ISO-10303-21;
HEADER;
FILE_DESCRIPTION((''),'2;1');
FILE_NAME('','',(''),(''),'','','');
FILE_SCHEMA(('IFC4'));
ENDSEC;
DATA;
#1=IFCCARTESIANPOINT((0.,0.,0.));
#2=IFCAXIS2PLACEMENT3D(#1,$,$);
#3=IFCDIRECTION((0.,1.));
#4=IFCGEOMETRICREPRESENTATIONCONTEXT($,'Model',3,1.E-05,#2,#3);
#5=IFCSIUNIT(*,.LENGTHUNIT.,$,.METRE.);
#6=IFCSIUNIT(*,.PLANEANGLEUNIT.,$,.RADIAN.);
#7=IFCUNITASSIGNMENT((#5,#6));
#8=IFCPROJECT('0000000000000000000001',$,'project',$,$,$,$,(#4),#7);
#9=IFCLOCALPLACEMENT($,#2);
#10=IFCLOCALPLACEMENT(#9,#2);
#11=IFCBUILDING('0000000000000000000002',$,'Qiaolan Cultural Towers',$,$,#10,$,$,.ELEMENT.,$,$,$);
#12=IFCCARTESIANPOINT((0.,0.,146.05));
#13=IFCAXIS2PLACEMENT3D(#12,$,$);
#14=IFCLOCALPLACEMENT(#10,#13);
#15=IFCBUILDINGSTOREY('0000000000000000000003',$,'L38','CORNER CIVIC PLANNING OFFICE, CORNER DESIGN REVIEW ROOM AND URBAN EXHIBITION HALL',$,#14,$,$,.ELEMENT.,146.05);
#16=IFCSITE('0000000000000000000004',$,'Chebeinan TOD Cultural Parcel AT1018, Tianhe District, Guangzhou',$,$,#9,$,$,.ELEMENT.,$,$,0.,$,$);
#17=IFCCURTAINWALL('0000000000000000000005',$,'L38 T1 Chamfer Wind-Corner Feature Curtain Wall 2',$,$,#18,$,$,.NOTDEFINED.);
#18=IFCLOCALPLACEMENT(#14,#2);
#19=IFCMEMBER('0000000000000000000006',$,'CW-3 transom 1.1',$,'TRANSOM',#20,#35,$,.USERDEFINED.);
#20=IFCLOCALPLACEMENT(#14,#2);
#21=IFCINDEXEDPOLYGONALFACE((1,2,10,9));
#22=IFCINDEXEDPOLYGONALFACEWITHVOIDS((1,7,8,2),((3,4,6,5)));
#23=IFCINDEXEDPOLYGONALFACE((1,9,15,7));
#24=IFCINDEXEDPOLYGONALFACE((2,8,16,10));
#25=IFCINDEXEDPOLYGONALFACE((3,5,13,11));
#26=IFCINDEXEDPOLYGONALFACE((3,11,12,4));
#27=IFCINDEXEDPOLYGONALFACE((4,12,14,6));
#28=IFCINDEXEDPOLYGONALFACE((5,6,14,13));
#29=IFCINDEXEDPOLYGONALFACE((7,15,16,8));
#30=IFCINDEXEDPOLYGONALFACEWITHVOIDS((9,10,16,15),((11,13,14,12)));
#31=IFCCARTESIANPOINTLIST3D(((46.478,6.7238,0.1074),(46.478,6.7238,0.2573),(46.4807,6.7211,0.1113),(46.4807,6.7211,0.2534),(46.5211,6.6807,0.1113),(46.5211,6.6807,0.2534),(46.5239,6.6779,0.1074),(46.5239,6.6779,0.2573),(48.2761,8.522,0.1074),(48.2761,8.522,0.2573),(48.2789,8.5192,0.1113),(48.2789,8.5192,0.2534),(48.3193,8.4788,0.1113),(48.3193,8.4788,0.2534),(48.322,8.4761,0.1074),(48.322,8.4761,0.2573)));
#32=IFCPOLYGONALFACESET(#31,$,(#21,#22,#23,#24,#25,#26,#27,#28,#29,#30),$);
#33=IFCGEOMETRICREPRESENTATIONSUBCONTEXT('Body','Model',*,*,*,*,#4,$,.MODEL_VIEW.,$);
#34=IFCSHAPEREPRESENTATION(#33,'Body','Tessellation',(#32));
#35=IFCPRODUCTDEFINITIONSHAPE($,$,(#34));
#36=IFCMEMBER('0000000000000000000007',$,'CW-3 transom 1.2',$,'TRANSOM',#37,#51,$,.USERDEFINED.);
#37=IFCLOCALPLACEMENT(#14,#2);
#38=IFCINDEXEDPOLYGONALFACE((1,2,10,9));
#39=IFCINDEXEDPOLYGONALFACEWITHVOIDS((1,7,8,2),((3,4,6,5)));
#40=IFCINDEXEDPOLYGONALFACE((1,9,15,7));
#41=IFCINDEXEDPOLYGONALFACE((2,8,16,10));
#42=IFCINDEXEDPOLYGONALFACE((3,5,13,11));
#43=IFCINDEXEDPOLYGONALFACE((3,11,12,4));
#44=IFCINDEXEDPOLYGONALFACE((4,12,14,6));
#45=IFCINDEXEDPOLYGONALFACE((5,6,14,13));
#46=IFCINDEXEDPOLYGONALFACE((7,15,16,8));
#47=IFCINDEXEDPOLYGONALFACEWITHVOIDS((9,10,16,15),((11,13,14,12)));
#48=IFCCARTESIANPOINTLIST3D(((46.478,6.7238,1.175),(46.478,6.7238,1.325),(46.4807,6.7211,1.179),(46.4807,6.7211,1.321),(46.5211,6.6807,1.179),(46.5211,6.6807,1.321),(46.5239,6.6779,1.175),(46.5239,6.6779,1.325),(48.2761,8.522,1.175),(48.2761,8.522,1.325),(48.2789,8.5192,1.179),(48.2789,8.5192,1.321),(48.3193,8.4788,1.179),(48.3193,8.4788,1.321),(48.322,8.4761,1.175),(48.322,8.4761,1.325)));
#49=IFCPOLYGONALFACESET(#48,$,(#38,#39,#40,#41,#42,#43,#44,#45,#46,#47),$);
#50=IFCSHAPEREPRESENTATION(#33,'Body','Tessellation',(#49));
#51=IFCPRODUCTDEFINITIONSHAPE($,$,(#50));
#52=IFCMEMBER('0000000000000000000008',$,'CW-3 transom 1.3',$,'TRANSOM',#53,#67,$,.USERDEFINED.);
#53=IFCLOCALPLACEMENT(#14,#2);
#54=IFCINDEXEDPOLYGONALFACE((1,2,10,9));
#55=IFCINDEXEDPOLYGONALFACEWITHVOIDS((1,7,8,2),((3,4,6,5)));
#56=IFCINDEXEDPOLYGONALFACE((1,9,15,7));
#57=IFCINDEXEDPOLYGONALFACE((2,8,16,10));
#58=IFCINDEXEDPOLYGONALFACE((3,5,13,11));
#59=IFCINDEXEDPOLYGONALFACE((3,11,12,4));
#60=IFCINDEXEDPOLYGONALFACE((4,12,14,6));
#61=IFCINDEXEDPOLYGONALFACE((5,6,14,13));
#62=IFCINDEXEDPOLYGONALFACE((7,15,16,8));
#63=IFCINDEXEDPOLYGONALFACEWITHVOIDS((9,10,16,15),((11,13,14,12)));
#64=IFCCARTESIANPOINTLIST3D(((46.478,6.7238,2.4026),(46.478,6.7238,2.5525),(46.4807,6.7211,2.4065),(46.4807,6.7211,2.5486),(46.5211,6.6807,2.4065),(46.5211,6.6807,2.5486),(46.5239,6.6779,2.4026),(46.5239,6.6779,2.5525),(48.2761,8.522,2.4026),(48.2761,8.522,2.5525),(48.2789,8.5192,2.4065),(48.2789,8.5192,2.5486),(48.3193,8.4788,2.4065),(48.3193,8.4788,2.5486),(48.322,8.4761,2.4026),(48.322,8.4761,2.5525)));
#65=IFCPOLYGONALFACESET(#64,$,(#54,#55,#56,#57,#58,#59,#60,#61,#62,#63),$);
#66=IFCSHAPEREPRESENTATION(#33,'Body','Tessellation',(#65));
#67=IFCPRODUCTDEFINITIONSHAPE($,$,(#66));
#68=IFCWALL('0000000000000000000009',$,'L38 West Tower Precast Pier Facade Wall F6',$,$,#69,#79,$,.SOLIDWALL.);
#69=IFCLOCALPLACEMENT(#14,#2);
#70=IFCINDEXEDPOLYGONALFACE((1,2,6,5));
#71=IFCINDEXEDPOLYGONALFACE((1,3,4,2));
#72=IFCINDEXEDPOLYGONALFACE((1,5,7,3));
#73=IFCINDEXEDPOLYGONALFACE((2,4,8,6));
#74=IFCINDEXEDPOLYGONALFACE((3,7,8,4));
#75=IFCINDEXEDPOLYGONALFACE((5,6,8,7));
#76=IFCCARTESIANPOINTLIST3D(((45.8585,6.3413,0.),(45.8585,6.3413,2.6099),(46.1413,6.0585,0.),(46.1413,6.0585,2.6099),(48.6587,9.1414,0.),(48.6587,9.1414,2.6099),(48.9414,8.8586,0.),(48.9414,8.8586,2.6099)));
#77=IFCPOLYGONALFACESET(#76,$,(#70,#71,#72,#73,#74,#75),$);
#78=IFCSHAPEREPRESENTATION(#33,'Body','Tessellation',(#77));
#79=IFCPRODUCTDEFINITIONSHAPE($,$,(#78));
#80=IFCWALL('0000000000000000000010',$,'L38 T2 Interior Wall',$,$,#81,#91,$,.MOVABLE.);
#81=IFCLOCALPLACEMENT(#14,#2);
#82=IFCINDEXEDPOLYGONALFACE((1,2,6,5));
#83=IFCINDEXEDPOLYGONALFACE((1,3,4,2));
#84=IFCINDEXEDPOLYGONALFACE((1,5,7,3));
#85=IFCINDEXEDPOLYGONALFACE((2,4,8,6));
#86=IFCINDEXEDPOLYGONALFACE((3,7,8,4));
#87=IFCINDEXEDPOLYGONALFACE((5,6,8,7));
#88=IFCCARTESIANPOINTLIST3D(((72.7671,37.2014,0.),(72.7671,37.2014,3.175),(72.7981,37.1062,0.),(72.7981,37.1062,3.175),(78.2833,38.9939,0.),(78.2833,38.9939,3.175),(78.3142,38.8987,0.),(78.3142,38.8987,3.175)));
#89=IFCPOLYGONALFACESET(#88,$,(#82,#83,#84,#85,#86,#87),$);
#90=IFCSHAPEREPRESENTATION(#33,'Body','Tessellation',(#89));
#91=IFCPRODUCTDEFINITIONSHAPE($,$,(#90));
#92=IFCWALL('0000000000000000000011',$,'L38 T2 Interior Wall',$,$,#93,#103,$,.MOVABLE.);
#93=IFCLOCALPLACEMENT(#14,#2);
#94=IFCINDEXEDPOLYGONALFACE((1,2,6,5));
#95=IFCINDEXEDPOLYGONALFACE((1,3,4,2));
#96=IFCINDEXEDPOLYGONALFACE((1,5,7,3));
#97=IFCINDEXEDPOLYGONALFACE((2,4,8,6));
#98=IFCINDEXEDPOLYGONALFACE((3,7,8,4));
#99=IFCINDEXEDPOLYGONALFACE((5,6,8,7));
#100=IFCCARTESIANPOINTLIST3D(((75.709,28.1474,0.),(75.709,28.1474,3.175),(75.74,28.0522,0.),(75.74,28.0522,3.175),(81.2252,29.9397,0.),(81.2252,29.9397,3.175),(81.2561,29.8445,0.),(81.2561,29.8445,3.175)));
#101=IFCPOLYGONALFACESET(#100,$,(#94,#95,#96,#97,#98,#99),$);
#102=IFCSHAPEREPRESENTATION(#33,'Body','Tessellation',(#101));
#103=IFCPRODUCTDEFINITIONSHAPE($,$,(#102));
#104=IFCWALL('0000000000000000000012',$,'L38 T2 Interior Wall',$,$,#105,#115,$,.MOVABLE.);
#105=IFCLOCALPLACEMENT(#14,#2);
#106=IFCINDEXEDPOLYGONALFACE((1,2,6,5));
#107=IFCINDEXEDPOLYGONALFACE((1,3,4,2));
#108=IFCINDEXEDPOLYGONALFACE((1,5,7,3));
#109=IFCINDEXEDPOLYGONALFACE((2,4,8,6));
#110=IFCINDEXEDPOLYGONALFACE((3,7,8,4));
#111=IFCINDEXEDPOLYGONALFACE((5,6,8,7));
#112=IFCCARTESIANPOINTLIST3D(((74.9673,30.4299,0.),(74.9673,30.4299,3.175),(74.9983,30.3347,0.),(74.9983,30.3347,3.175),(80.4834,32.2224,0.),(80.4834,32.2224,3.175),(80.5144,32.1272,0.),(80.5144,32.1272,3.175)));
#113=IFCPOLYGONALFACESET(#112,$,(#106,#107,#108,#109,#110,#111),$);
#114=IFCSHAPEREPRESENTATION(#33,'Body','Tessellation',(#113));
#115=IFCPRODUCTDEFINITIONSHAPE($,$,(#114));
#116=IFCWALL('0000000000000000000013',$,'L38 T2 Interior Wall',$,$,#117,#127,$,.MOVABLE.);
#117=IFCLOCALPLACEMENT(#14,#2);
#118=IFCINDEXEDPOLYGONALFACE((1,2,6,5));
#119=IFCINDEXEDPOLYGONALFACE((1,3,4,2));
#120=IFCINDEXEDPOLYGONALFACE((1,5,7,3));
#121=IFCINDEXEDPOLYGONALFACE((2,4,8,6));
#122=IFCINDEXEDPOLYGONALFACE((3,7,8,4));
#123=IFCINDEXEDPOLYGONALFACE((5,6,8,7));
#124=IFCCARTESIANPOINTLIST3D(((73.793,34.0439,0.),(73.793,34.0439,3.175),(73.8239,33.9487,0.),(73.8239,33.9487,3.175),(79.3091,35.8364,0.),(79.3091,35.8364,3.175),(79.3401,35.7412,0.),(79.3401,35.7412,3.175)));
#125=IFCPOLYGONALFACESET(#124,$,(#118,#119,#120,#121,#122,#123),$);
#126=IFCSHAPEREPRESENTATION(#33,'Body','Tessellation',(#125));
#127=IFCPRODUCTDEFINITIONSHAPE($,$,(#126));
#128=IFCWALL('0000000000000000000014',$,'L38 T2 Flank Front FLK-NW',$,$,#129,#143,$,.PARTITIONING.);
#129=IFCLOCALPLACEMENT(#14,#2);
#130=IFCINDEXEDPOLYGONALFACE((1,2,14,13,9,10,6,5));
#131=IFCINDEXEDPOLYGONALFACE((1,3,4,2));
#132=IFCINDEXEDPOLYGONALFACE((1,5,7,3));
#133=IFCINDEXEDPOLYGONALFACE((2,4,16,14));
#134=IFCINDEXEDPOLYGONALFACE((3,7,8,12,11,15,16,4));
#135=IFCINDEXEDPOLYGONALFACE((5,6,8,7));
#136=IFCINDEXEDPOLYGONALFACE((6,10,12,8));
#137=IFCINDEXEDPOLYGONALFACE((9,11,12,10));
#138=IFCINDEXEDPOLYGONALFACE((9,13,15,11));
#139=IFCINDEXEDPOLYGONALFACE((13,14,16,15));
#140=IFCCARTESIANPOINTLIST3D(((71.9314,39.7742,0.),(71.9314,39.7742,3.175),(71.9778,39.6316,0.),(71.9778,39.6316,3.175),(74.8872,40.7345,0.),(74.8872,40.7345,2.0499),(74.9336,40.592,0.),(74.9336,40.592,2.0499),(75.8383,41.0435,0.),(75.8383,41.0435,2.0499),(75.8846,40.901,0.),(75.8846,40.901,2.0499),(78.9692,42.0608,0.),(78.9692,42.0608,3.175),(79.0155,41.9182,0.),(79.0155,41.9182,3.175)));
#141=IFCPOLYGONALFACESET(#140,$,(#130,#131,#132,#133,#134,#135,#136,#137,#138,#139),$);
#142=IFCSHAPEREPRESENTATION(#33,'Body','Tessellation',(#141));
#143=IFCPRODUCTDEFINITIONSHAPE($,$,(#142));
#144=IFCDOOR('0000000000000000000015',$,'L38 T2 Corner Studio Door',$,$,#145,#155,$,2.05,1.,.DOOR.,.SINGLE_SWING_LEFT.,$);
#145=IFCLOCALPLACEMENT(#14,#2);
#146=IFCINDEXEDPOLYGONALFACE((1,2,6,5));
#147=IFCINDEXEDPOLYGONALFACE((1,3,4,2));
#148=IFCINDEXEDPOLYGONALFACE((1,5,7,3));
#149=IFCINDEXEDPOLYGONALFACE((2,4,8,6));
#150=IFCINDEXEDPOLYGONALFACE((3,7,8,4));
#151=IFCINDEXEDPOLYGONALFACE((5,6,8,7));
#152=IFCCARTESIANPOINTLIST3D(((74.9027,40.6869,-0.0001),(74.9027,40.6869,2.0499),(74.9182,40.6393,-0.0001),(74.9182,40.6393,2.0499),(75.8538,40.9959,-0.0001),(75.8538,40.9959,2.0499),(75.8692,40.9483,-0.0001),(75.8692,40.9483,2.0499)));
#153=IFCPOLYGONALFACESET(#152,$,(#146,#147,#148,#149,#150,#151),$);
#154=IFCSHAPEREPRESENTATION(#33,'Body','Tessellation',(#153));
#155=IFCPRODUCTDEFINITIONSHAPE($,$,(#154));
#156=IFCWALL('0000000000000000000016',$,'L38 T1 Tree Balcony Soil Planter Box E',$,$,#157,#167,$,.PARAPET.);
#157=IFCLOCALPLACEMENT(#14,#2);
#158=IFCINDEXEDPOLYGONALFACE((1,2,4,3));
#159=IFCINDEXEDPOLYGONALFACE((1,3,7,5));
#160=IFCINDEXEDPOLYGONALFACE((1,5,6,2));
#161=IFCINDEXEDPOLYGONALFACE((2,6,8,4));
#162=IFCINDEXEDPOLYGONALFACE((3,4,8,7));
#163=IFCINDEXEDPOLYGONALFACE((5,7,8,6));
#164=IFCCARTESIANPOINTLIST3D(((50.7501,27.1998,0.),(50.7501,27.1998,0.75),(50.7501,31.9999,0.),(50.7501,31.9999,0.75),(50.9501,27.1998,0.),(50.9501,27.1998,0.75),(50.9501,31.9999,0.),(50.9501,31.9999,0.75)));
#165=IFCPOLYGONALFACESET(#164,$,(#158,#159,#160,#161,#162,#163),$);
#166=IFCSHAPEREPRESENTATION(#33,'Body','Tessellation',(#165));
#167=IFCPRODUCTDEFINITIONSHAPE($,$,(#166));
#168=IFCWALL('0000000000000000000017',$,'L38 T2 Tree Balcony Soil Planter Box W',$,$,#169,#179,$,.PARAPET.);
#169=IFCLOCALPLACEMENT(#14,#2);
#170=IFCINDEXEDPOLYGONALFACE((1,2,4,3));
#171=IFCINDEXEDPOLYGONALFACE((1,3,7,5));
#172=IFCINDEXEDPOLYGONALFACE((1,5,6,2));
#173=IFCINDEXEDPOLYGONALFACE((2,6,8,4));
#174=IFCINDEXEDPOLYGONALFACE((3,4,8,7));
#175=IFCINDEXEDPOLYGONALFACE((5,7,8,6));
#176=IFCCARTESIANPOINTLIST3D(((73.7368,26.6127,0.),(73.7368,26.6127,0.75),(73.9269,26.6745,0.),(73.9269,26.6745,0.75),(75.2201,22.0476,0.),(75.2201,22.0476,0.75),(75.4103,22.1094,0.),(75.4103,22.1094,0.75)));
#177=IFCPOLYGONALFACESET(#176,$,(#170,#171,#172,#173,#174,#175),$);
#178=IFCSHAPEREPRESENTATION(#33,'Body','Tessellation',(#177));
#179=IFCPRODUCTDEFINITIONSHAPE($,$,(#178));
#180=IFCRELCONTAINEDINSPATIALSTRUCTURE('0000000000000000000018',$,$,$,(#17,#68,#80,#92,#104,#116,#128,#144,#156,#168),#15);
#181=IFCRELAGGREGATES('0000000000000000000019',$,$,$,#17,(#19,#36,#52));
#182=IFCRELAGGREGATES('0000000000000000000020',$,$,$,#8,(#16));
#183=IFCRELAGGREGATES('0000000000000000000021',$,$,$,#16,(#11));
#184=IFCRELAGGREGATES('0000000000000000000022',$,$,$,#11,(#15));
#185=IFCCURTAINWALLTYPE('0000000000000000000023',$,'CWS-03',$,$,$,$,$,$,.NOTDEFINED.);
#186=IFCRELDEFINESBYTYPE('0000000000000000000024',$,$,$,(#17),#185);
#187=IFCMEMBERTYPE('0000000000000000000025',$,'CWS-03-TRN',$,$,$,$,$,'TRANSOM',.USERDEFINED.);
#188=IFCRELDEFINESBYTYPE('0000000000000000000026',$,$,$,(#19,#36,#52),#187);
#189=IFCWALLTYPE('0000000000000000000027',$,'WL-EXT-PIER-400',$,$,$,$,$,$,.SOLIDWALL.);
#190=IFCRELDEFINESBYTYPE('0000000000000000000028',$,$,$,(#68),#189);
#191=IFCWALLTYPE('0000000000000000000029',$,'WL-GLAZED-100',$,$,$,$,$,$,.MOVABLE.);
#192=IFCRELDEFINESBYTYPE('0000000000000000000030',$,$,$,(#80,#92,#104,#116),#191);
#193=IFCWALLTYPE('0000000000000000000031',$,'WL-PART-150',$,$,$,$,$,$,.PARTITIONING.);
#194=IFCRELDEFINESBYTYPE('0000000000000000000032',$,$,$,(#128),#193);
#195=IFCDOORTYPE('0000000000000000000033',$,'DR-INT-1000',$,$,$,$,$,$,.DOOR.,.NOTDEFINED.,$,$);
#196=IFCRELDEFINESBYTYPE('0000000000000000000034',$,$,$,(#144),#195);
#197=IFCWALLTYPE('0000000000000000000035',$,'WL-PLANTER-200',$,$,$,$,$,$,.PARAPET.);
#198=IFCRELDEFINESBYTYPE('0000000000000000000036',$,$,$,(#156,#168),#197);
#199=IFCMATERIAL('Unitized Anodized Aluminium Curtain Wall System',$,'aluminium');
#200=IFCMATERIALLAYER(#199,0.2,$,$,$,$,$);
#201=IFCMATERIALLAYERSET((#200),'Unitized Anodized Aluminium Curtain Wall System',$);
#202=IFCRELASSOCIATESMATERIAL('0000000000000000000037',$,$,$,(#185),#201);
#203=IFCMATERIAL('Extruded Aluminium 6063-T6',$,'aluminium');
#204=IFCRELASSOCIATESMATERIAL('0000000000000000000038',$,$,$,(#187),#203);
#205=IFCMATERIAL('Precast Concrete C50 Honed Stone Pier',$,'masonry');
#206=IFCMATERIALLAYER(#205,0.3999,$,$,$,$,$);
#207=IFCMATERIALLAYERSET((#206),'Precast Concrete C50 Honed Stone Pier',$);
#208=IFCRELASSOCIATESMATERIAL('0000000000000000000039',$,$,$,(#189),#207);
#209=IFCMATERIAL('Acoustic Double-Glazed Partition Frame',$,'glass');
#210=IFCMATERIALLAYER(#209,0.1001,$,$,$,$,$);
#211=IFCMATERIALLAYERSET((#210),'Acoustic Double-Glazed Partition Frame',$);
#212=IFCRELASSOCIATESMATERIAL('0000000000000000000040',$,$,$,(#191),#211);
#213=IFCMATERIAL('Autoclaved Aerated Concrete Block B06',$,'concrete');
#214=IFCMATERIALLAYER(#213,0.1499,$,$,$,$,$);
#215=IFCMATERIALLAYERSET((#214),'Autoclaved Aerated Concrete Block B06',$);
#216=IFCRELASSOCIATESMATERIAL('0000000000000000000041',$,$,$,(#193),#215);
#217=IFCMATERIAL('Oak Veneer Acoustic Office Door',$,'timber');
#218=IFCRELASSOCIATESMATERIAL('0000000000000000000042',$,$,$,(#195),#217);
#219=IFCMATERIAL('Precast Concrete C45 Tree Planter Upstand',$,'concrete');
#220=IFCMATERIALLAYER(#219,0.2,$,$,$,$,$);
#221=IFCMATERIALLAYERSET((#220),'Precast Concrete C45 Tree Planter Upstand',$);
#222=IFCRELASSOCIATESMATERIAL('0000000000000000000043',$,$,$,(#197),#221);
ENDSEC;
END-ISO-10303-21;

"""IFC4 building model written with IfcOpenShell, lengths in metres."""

from ifc_helpers import new_model, si_unit, direction, frame, frame_2d, origin, origin_2d, place, context, subcontext, project, spatial, rectangle, hollow_rectangle, extrude, material, layer, layer_set, material_profile, profile_set, type_object, element, fill, aggregate, save


model = new_model("IFC4")

# Units and contexts
model_context = context("Model", 3, precision=1e-05, world=origin(), true_north=direction((0.0, 1.0)))
body_context = subcontext(model_context, "Body", "Model", "MODEL_VIEW")
ifc_project = project(units=[si_unit("LENGTHUNIT", "METRE"), si_unit("PLANEANGLEUNIT", "RADIAN")], contexts=[model_context])

# Site, building, storey
site_placement = place(None, origin())
site = spatial("IfcSite", under=ifc_project, at=site_placement, Name="Chebeinan TOD Cultural Parcel AT1018, Tianhe District, Guangzhou", CompositionType="ELEMENT", RefElevation=0.0)
building_placement = place(site_placement, origin())
building = spatial("IfcBuilding", under=site, at=building_placement, Name="Qiaolan Cultural Towers", CompositionType="ELEMENT")
storey_placement = place(building_placement, frame((0.0, 0.0, 146.05)))
storey = spatial("IfcBuildingStorey", under=building, at=storey_placement, Name="L38", Description="CORNER CIVIC PLANNING OFFICE, CORNER DESIGN REVIEW ROOM AND URBAN EXHIBITION HALL", CompositionType="ELEMENT", Elevation=146.05)

# Curtain wall, members
ifc_material_1 = material(Name="Unitized Anodized Aluminium Curtain Wall System", Category="aluminium")
ifc_layer_1 = layer(ifc_material_1, 0.2)
ifc_layer_set_1 = layer_set([ifc_layer_1], Name="Unitized Anodized Aluminium Curtain Wall System")
curtain_wall_type = type_object("IfcCurtainWallType", Name="CWS-03", PredefinedType="NOTDEFINED", material=ifc_layer_set_1)
curtain_wall_placement = place(storey_placement, origin())
curtain_wall = element("IfcCurtainWall", 1, at=curtain_wall_placement, inside=storey, type_object=curtain_wall_type, Name="L38 T1 Chamfer Wind-Corner Feature Curtain Wall 2", PredefinedType="NOTDEFINED")
ifc_material_2 = material(Name="Extruded Aluminium 6063-T6", Category="aluminium")
ifc_material_profile_1 = material_profile(ifc_material_2, hollow_rectangle(XDim=0.0649, YDim=0.1499, WallThickness=0.0039, at=origin_2d()), Name="CWT-150x65x4")
ifc_profile_set_1 = profile_set([ifc_material_profile_1], Name="Extruded Aluminium 6063-T6")
member_type_1 = type_object("IfcMemberType", Name="CWS-03-TRN", ElementType="TRANSOM", PredefinedType="USERDEFINED", material=ifc_profile_set_1)
member_1_placement = place(storey_placement, frame((48.2991, 8.499, 0.1824), z_axis=(-0.707107, -0.707107, 0.0), x_axis=(0.707107, -0.707107, 0.0)))
member_1 = element("IfcMember", 2, at=member_1_placement, type_object=member_type_1, Name="CW-3 transom 1.1", ObjectType="TRANSOM", PredefinedType="USERDEFINED", context=body_context, shape_type="SweptSolid", body=[
    extrude(hollow_rectangle(XDim=0.0649, YDim=0.1499, WallThickness=0.0039, at=origin_2d()), origin(), (0.0, 0.0, 1.0), 2.543),
])
member_2_placement = place(storey_placement, frame((48.2991, 8.499, 1.25), z_axis=(-0.707107, -0.707107, 0.0), x_axis=(0.707107, -0.707107, 0.0)))
member_2 = element("IfcMember", 3, at=member_2_placement, type_object=member_type_1, Name="CW-3 transom 1.2", ObjectType="TRANSOM", PredefinedType="USERDEFINED", context=body_context, shape_type="SweptSolid", body=[
    extrude(hollow_rectangle(XDim=0.0649, YDim=0.1499, WallThickness=0.0039, at=origin_2d()), origin(), (0.0, 0.0, 1.0), 2.543),
])
member_3_placement = place(storey_placement, frame((48.2991, 8.499, 2.4775), z_axis=(-0.707107, -0.707107, 0.0), x_axis=(0.707107, -0.707107, 0.0)))
member_3 = element("IfcMember", 4, at=member_3_placement, type_object=member_type_1, Name="CW-3 transom 1.3", ObjectType="TRANSOM", PredefinedType="USERDEFINED", context=body_context, shape_type="SweptSolid", body=[
    extrude(hollow_rectangle(XDim=0.0649, YDim=0.1499, WallThickness=0.0039, at=origin_2d()), origin(), (0.0, 0.0, 1.0), 2.543),
])
aggregate(curtain_wall, [member_1, member_2, member_3])

# Walls
ifc_material_3 = material(Name="Precast Concrete C50 Honed Stone Pier", Category="masonry")
ifc_layer_2 = layer(ifc_material_3, 0.3999)
ifc_layer_set_2 = layer_set([ifc_layer_2], Name="Precast Concrete C50 Honed Stone Pier")
wall_type_1 = type_object("IfcWallType", Name="WL-EXT-PIER-400", PredefinedType="SOLIDWALL", material=ifc_layer_set_2)
wall_1_placement = place(storey_placement, frame((48.8, 9.0, 0.0), z_axis=(0.0, 0.0, 1.0), x_axis=(-0.707107, -0.707107, 0.0)))
element("IfcWall", 5, at=wall_1_placement, inside=storey, type_object=wall_type_1, Name="L38 West Tower Precast Pier Facade Wall F6", PredefinedType="SOLIDWALL", context=body_context, shape_type="SweptSolid", body=[
    extrude(rectangle(XDim=3.96, YDim=0.3999, at=frame_2d((1.98, 0.0))), origin(), (0.0, 0.0, 1.0), 2.6099),
])
ifc_material_4 = material(Name="Acoustic Double-Glazed Partition Frame", Category="glass")
ifc_layer_3 = layer(ifc_material_4, 0.1001)
ifc_layer_set_3 = layer_set([ifc_layer_3], Name="Acoustic Double-Glazed Partition Frame")
wall_type_2 = type_object("IfcWallType", Name="WL-GLAZED-100", PredefinedType="MOVABLE", material=ifc_layer_set_3)
for number, where, z_axis, x_axis, name in (
    (6, (72.7827, 37.1538, 0.0), (0.0, 0.0, 1.0), (0.951047, 0.309046, 0.0), "L38 T2 Interior Wall"),
    (7, (75.7246, 28.0999, 0.0), (0.0, 0.0, 1.0), (0.951059, 0.309008, 0.0), "L38 T2 Interior Wall"),
    (8, (74.9829, 30.3823, 0.0), (0.0, 0.0, 1.0), (0.951047, 0.309046, 0.0), "L38 T2 Interior Wall"),
    (9, (73.8086, 33.9963, 0.0), (0.0, 0.0, 1.0), (0.951047, 0.309046, 0.0), "L38 T2 Interior Wall"),
):
    element("IfcWall", number, at=place(storey_placement, frame(where, z_axis=z_axis, x_axis=x_axis)), inside=storey, type_object=wall_type_2, Name=name, PredefinedType="MOVABLE", context=body_context, shape_type="SweptSolid", body=[
        extrude(rectangle(XDim=5.8, YDim=0.1001, at=frame_2d((2.8999, 0.0))), origin(), (0.0, 0.0, 1.0), 3.175),
    ])

# Wall, opening, door
ifc_material_5 = material(Name="Autoclaved Aerated Concrete Block B06", Category="concrete")
ifc_layer_4 = layer(ifc_material_5, 0.1499)
ifc_layer_set_4 = layer_set([ifc_layer_4], Name="Autoclaved Aerated Concrete Block B06")
wall_type_3 = type_object("IfcWallType", Name="WL-PART-150", PredefinedType="PARTITIONING", material=ifc_layer_set_4)
wall_2_placement = place(storey_placement, frame((71.9546, 39.7029, 0.0), z_axis=(0.0, 0.0, 1.0), x_axis=(0.951061, 0.309003, 0.0)))
wall_2 = element("IfcWall", 10, at=wall_2_placement, inside=storey, type_object=wall_type_3, Name="L38 T2 Flank Front FLK-NW", PredefinedType="PARTITIONING", context=body_context, shape_type="SweptSolid", body=[
    extrude(rectangle(XDim=7.3999, YDim=0.1499, at=frame_2d((3.7, 0.0))), origin(), (0.0, 0.0, 1.0), 3.175),
])
opening_placement = place(wall_2_placement, frame((3.1079, 0.0, 0.0)))
opening = element("IfcOpeningElement", 11, at=opening_placement, cuts=wall_2, PredefinedType="OPENING", context=body_context, shape_type="SweptSolid", body=[
    extrude(rectangle(XDim=1.0, YDim=2.05, at=frame_2d((0.5, 1.0249))), frame((0.0, 0.085, 0.0), z_axis=(0.0, -1.0, 0.0), x_axis=(1.0, 0.0, 0.0)), (0.0, 0.0, 1.0), 0.1699),
])
ifc_material_6 = material(Name="Oak Veneer Acoustic Office Door", Category="timber")
door_type = type_object("IfcDoorType", Name="DR-INT-1000", OperationType="NOTDEFINED", PredefinedType="DOOR", material=ifc_material_6)
door_placement = place(opening_placement, origin())
door = element("IfcDoor", 12, at=door_placement, inside=storey, type_object=door_type, Name="L38 T2 Corner Studio Door", OperationType="SINGLE_SWING_LEFT", OverallHeight=2.05, OverallWidth=1.0, PredefinedType="DOOR", context=body_context, shape_type="SweptSolid", body=[
    extrude(rectangle(XDim=1.0, YDim=2.05, at=frame_2d((0.5, 1.0249))), frame((0.0, 0.0249, 0.0), z_axis=(0.0, -1.0, 0.0), x_axis=(1.0, 0.0, 0.0)), (0.0, 0.0, 1.0), 0.05),
])
fill(opening, door)

# Walls
ifc_material_7 = material(Name="Precast Concrete C45 Tree Planter Upstand", Category="concrete")
ifc_layer_5 = layer(ifc_material_7, 0.2)
ifc_layer_set_5 = layer_set([ifc_layer_5], Name="Precast Concrete C45 Tree Planter Upstand")
wall_type_4 = type_object("IfcWallType", Name="WL-PLANTER-200", PredefinedType="PARAPET", material=ifc_layer_set_5)
for number, where, z_axis, x_axis, name in (
    (13, (50.8501, 27.2, 0.0), (0.0, 0.0, 1.0), (0.0, 1.0, 0.0), "L38 T1 Tree Balcony Soil Planter Box E"),
    (14, (75.3152, 22.0786, 0.0), (0.0, 0.0, 1.0), (-0.309032, 0.951052, 0.0), "L38 T2 Tree Balcony Soil Planter Box W"),
):
    element("IfcWall", number, at=place(storey_placement, frame(where, z_axis=z_axis, x_axis=x_axis)), inside=storey, type_object=wall_type_4, Name=name, PredefinedType="PARAPET", context=body_context, shape_type="SweptSolid", body=[
        extrude(rectangle(XDim=4.8, YDim=0.2, at=frame_2d((2.3999, 0.0))), origin(), (0.0, 0.0, 1.0), 0.75),
    ])

save(model, "model.ifc")
